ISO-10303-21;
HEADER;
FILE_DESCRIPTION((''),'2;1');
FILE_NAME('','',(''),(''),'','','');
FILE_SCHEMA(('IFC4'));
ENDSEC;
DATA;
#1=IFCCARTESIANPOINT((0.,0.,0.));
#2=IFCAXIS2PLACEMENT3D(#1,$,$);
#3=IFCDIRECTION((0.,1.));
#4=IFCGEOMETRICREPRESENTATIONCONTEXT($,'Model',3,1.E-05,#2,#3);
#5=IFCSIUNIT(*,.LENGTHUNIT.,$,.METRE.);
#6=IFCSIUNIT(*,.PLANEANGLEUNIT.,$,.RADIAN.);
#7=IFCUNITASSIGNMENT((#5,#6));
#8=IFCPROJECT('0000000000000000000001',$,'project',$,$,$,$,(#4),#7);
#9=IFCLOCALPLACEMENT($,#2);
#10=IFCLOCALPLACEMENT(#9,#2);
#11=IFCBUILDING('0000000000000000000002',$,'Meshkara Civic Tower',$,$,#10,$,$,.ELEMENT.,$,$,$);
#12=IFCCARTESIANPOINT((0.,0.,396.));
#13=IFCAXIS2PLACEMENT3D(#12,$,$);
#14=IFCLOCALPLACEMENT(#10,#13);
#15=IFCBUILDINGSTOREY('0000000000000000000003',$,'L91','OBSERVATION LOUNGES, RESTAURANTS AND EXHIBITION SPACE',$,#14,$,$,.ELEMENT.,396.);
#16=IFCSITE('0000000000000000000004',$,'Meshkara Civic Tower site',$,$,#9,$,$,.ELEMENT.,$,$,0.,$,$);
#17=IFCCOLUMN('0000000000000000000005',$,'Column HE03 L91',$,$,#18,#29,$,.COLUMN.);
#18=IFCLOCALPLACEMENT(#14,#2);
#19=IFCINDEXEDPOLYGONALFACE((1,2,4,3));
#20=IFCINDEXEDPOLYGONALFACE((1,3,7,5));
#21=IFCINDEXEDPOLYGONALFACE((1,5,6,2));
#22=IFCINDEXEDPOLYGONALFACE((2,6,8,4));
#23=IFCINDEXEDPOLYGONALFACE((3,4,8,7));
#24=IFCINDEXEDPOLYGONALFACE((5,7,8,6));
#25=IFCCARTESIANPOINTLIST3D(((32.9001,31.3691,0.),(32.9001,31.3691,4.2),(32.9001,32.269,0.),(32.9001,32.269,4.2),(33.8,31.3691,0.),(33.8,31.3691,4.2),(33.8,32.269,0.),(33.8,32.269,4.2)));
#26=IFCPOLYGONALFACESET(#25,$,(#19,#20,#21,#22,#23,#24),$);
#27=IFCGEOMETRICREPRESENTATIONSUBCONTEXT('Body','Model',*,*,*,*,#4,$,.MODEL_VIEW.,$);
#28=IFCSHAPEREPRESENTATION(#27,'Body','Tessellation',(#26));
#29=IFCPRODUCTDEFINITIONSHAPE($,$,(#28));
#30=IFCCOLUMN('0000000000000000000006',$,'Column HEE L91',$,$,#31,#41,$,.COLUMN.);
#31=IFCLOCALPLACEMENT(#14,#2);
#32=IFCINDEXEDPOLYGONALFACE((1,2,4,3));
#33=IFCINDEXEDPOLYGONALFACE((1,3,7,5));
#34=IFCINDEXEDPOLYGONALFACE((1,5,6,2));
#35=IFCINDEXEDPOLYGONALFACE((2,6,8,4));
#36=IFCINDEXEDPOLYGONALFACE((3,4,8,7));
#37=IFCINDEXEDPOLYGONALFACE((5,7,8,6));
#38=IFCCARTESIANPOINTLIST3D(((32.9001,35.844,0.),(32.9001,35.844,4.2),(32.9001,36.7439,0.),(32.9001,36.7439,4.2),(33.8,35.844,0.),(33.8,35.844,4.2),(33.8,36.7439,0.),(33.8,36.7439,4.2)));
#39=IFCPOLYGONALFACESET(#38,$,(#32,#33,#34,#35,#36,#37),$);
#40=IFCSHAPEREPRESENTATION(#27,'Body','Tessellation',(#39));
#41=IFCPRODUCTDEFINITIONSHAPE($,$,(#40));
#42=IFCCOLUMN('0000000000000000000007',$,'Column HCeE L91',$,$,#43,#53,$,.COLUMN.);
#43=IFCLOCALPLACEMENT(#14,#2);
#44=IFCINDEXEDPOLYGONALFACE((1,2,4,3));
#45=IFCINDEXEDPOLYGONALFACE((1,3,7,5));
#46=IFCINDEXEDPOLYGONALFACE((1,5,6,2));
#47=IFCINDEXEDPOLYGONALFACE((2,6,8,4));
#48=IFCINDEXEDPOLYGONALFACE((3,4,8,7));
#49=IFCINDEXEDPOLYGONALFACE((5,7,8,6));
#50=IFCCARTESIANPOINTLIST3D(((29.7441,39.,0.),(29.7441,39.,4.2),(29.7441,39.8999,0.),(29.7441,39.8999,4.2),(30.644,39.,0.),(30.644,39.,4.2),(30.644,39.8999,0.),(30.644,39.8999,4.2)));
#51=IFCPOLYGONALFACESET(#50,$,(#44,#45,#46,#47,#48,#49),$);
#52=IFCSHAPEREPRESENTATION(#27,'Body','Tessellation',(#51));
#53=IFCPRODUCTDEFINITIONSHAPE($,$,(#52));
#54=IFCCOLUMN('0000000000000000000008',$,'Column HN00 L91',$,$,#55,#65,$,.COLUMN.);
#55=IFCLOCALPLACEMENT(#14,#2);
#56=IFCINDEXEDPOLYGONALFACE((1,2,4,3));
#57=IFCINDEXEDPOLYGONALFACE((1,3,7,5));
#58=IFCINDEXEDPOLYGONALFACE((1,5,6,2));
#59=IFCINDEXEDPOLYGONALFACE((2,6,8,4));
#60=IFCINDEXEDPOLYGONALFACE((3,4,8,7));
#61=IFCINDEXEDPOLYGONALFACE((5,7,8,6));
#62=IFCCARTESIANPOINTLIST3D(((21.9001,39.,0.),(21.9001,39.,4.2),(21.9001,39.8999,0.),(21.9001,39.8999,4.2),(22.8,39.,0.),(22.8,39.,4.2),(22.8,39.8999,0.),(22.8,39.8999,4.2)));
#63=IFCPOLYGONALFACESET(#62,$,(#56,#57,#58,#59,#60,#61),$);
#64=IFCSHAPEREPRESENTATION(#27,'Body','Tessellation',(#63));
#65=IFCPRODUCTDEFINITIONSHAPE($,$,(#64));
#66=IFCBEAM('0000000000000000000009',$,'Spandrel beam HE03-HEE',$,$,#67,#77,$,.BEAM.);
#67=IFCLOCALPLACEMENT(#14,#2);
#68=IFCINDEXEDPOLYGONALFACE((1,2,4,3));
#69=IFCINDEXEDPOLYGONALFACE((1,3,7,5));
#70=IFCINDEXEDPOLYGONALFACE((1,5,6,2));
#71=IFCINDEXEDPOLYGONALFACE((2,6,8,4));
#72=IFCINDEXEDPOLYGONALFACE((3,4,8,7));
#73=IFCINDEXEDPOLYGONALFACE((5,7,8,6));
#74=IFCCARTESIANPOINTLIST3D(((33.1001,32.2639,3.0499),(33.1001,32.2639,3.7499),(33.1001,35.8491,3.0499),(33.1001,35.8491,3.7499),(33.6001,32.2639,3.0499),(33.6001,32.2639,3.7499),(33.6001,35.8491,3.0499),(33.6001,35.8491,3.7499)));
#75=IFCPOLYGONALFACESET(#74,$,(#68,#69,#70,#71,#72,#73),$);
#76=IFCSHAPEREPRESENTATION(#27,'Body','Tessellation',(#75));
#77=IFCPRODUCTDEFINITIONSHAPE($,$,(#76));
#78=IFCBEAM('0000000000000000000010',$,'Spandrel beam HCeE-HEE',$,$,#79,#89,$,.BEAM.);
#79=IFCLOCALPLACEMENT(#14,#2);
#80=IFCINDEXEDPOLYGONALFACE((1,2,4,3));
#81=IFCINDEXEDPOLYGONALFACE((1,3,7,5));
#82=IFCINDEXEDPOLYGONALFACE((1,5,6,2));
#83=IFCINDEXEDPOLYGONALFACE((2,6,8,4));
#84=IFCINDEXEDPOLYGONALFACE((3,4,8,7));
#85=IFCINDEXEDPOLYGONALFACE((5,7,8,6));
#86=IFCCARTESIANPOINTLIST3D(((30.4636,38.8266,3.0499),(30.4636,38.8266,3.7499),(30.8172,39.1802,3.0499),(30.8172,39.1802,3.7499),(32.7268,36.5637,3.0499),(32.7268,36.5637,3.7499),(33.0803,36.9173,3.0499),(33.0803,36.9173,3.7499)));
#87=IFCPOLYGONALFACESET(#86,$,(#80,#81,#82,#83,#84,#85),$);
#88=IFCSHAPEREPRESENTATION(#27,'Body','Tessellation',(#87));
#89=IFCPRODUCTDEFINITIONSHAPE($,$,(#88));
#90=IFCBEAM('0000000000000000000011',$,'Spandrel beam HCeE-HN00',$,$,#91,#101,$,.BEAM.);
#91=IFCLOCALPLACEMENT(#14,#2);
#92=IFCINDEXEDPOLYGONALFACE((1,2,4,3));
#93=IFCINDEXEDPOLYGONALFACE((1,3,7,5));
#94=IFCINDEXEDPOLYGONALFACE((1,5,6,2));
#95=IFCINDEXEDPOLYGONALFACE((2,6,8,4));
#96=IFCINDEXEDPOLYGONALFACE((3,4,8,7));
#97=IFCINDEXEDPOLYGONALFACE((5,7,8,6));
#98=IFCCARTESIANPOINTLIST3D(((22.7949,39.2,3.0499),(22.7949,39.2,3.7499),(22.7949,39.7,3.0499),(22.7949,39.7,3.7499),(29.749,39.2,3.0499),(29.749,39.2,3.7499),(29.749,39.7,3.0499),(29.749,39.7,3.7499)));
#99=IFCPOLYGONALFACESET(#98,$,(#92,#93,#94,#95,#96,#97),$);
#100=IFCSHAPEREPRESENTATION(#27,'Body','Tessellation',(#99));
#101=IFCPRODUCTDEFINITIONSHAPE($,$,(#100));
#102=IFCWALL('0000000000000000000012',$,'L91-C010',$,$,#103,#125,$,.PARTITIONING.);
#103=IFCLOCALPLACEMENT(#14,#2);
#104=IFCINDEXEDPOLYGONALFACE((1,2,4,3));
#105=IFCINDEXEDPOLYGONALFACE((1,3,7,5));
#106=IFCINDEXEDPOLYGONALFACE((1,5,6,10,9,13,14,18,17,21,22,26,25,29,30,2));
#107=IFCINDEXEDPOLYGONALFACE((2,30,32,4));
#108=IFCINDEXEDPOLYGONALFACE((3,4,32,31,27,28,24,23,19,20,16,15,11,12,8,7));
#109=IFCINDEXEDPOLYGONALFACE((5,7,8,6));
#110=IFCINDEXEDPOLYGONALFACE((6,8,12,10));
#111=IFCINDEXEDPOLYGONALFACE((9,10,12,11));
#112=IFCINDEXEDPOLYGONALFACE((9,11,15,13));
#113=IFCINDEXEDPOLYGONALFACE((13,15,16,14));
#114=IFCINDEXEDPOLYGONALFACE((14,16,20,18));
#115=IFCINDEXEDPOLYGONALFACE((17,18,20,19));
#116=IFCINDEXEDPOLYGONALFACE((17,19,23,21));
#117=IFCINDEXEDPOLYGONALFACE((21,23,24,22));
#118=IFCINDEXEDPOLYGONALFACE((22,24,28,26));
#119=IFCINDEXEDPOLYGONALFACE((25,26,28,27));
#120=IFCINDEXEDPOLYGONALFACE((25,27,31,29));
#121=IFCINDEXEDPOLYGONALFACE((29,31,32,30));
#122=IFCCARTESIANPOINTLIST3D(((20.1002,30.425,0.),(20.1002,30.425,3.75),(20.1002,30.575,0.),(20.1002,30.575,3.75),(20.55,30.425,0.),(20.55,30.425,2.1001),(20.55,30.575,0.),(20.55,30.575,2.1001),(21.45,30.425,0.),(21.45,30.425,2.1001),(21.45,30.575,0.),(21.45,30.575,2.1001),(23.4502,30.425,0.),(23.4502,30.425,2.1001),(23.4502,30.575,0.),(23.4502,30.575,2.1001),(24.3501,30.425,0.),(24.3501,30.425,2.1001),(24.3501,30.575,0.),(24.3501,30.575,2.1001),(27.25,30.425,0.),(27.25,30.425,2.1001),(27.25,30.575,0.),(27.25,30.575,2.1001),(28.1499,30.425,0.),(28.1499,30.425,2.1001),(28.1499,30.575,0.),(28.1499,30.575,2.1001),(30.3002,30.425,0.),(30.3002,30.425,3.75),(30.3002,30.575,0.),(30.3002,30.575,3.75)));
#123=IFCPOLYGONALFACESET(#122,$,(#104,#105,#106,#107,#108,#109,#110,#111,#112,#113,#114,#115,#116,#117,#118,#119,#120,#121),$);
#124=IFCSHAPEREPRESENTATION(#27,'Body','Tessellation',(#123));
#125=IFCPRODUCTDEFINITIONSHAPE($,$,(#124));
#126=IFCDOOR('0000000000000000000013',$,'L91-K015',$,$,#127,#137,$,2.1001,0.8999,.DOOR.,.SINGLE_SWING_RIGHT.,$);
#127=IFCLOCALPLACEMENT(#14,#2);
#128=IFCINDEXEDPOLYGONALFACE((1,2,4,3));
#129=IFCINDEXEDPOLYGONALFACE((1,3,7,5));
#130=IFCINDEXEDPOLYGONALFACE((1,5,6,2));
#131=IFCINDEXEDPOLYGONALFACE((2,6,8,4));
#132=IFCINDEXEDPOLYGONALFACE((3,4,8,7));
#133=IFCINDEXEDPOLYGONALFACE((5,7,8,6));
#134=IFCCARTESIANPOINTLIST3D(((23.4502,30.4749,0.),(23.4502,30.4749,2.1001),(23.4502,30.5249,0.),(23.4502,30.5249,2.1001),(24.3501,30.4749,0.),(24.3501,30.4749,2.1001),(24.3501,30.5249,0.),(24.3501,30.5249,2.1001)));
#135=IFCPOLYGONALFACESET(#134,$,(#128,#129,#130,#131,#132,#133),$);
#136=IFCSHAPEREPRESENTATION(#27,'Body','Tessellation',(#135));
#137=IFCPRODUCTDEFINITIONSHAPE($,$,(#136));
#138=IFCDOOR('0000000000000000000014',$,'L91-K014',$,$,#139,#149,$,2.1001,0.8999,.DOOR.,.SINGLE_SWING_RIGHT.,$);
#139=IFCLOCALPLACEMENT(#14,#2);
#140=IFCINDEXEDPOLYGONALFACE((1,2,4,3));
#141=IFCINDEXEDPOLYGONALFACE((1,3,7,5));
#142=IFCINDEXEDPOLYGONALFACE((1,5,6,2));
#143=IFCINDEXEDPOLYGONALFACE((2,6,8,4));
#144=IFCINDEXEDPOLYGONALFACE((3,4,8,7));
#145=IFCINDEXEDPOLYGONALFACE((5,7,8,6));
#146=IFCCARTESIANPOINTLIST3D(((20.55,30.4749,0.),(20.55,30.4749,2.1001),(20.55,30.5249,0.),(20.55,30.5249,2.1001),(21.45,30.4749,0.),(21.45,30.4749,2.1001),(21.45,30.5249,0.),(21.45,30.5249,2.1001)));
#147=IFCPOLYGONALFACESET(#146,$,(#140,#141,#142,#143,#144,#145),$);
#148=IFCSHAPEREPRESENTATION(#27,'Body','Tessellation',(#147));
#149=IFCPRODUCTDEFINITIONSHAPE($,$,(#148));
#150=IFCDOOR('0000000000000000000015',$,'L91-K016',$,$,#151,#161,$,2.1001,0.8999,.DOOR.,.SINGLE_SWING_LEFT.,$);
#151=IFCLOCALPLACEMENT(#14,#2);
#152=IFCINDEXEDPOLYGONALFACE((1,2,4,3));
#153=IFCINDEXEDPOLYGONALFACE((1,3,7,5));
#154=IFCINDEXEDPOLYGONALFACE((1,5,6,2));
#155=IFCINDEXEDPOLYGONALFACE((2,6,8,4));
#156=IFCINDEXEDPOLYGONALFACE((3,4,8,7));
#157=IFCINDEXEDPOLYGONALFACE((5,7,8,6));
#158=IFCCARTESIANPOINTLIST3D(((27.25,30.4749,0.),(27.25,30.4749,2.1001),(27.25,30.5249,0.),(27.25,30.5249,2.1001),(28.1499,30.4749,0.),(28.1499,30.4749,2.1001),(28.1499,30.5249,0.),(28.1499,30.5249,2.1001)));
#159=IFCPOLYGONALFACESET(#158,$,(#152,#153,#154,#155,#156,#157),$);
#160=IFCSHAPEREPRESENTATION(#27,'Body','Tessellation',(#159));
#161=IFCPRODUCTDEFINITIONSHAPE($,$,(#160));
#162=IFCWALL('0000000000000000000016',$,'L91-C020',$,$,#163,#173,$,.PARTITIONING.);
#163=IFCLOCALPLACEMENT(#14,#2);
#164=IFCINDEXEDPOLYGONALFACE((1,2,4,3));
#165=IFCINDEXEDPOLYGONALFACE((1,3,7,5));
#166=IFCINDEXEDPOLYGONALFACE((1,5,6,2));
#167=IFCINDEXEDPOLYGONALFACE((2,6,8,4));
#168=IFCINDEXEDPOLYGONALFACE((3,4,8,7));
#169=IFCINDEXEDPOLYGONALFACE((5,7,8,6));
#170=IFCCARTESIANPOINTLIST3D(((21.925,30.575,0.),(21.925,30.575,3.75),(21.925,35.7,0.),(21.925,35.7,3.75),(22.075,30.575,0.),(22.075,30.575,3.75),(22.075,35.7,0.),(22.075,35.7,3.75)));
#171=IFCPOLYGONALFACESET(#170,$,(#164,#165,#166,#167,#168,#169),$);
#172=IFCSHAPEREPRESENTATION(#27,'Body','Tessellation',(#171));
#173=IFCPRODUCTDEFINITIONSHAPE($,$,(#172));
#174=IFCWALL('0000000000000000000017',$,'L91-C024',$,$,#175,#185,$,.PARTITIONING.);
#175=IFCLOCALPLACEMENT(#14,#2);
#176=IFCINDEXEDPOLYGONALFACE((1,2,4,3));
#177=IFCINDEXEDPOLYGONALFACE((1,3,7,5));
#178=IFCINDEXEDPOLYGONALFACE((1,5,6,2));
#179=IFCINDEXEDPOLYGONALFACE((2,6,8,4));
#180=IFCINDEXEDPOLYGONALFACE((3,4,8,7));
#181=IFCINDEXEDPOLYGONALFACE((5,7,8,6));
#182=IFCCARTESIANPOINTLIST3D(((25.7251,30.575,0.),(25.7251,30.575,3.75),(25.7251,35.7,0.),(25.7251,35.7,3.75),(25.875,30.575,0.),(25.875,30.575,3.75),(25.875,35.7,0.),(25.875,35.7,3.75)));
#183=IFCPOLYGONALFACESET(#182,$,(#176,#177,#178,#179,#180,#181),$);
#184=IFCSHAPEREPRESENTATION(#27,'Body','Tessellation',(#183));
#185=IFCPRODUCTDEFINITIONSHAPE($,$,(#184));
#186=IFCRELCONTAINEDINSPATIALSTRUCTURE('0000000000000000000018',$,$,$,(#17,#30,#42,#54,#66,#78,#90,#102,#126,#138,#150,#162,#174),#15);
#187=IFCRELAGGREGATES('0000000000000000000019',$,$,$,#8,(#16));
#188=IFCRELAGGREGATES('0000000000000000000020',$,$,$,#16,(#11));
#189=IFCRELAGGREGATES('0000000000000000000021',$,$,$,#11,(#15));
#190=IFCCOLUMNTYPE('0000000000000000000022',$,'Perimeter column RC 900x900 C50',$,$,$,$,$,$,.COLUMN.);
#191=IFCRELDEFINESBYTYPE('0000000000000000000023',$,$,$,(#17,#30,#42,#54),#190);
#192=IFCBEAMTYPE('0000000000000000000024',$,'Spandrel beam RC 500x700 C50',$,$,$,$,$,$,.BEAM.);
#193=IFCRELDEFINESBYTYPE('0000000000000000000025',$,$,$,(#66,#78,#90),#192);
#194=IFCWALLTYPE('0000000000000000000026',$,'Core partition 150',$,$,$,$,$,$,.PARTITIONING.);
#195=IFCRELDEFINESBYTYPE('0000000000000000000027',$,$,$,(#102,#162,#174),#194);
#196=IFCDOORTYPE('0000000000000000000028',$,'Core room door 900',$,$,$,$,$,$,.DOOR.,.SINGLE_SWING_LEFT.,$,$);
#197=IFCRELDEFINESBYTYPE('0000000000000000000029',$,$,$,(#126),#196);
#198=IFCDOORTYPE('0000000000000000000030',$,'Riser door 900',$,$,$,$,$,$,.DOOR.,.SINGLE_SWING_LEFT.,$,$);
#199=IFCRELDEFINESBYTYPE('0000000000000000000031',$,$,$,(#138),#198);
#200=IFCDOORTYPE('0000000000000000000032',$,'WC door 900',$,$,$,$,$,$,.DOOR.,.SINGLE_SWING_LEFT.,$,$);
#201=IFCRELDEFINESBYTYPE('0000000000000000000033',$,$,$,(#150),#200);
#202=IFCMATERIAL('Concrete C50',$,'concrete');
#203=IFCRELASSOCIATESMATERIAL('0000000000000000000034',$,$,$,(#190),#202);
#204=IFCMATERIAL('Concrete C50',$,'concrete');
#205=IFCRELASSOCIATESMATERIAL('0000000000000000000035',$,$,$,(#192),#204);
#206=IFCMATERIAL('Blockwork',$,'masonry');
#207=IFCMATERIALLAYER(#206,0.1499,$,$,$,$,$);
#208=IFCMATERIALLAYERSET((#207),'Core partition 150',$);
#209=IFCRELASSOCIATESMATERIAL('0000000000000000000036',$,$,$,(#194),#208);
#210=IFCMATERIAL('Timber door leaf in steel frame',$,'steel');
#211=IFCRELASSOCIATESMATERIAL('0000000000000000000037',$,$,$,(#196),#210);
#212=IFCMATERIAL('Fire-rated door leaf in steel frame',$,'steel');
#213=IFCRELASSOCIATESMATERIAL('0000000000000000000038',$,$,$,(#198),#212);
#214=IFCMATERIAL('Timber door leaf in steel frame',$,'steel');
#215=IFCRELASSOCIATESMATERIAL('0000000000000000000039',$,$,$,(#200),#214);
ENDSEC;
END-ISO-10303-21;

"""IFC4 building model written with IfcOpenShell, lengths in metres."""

from ifc_helpers import new_model, si_unit, direction, frame, frame_2d, origin, origin_2d, place, context, subcontext, project, spatial, rectangle, extrude, material, layer, layer_set, material_profile, profile_set, type_object, element, fill, save


model = new_model("IFC4")

# Units and contexts
model_context = context("Model", 3, precision=1e-05, world=origin(), true_north=direction((0.0, 1.0)))
body_context = subcontext(model_context, "Body", "Model", "MODEL_VIEW")
ifc_project = project(units=[si_unit("LENGTHUNIT", "METRE"), si_unit("PLANEANGLEUNIT", "RADIAN")], contexts=[model_context])

# Site, building, storey
site_placement = place(None, origin())
site = spatial("IfcSite", under=ifc_project, at=site_placement, Name="Meshkara Civic Tower site", CompositionType="ELEMENT", RefElevation=0.0)
building_placement = place(site_placement, origin())
building = spatial("IfcBuilding", under=site, at=building_placement, Name="Meshkara Civic Tower", CompositionType="ELEMENT")
storey_placement = place(building_placement, frame((0.0, 0.0, 396.0)))
storey = spatial("IfcBuildingStorey", under=building, at=storey_placement, Name="L91", Description="OBSERVATION LOUNGES, RESTAURANTS AND EXHIBITION SPACE", CompositionType="ELEMENT", Elevation=396.0)

# Columns
ifc_material_1 = material(Name="Concrete C50", Category="concrete")
ifc_material_profile_1 = material_profile(ifc_material_1, rectangle(XDim=0.8999, YDim=0.8999, at=origin_2d()))
ifc_profile_set_1 = profile_set([ifc_material_profile_1], Name="Concrete C50")
column_type = type_object("IfcColumnType", Name="Perimeter column RC 900x900 C50", PredefinedType="COLUMN", material=ifc_profile_set_1)
for number, where, z_axis, x_axis, name in (
    (1, (33.3501, 31.8191, 0.0), (0.0, 0.0, 1.0), (1.0, 0.0, 0.0), "Column HE03 L91"),
    (2, (33.3501, 36.2939, 0.0), (0.0, 0.0, 1.0), (1.0, 0.0, 0.0), "Column HEE L91"),
    (3, (30.1941, 39.45, 0.0), (0.0, 0.0, 1.0), (1.0, 0.0, 0.0), "Column HCeE L91"),
    (4, (22.3501, 39.45, 0.0), (0.0, 0.0, 1.0), (1.0, 0.0, 0.0), "Column HN00 L91"),
):
    element("IfcColumn", number, at=place(storey_placement, frame(where, z_axis=z_axis, x_axis=x_axis)), inside=storey, type_object=column_type, Name=name, PredefinedType="COLUMN", context=body_context, shape_type="SweptSolid", body=[
        extrude(rectangle(XDim=0.8999, YDim=0.8999, at=origin_2d()), origin(), (0.0, 0.0, 1.0), 4.2),
    ])

# Beams
ifc_material_2 = material(Name="Concrete C50", Category="concrete")
ifc_material_profile_2 = material_profile(ifc_material_2, rectangle(XDim=0.5, YDim=0.7, at=origin_2d()))
ifc_profile_set_2 = profile_set([ifc_material_profile_2], Name="Concrete C50")
beam_type = type_object("IfcBeamType", Name="Spandrel beam RC 500x700 C50", PredefinedType="BEAM", material=ifc_profile_set_2)
beam_1_placement = place(storey_placement, frame((33.3501, 32.2639, 3.3999), z_axis=(0.0, 1.0, 0.0), x_axis=(-1.0, 0.0, 0.0)))
element("IfcBeam", 5, at=beam_1_placement, inside=storey, type_object=beam_type, Name="Spandrel beam HE03-HEE", PredefinedType="BEAM", context=body_context, shape_type="SweptSolid", body=[
    extrude(rectangle(XDim=0.5, YDim=0.7, at=origin_2d()), origin(), (0.0, 0.0, 1.0), 3.5852),
])
beam_2_placement = place(storey_placement, frame((32.9036, 36.7405, 3.3999), z_axis=(-0.707145, 0.707069, 0.0), x_axis=(-0.707069, -0.707145, 0.0)))
element("IfcBeam", 6, at=beam_2_placement, inside=storey, type_object=beam_type, Name="Spandrel beam HCeE-HEE", PredefinedType="BEAM", context=body_context, shape_type="SweptSolid", body=[
    extrude(rectangle(XDim=0.5, YDim=0.7, at=origin_2d()), origin(), (0.0, 0.0, 1.0), 3.2004),
])
beam_3_placement = place(storey_placement, frame((29.749, 39.45, 3.3999), z_axis=(-1.0, 0.0, 0.0), x_axis=(0.0, -1.0, 0.0)))
element("IfcBeam", 7, at=beam_3_placement, inside=storey, type_object=beam_type, Name="Spandrel beam HCeE-HN00", PredefinedType="BEAM", context=body_context, shape_type="SweptSolid", body=[
    extrude(rectangle(XDim=0.5, YDim=0.7, at=origin_2d()), origin(), (0.0, 0.0, 1.0), 6.9541),
])

# Wall, openings, doors
ifc_material_3 = material(Name="Blockwork", Category="masonry")
ifc_layer_1 = layer(ifc_material_3, 0.1499)
ifc_layer_set_1 = layer_set([ifc_layer_1], Name="Core partition 150")
wall_type_1 = type_object("IfcWallType", Name="Core partition 150", PredefinedType="PARTITIONING", material=ifc_layer_set_1)
wall_1_placement = place(storey_placement, frame((20.1001, 30.5, 0.0), z_axis=(0.0, 0.0, 1.0), x_axis=(1.0, 0.0, 0.0)))
wall_1 = element("IfcWall", 8, at=wall_1_placement, inside=storey, type_object=wall_type_1, Name="L91-C010", PredefinedType="PARTITIONING", context=body_context, shape_type="SweptSolid", body=[
    extrude(rectangle(XDim=10.2, YDim=0.1499, at=frame_2d((5.1001, 0.0))), origin(), (0.0, 0.0, 1.0), 3.75),
])
opening_1_placement = place(wall_1_placement, frame((0.45, 0.0, 0.0)))
opening_1 = element("IfcOpeningElement", 9, at=opening_1_placement, cuts=wall_1, PredefinedType="OPENING", context=body_context, shape_type="SweptSolid", body=[
    extrude(rectangle(XDim=0.8999, YDim=2.1001, at=frame_2d((0.45, 1.05))), frame((0.0, 0.085, 0.0), z_axis=(0.0, -1.0, 0.0), x_axis=(1.0, 0.0, 0.0)), (0.0, 0.0, 1.0), 0.1699),
])
opening_2_placement = place(wall_1_placement, frame((3.3501, 0.0, 0.0)))
opening_2 = element("IfcOpeningElement", 10, at=opening_2_placement, cuts=wall_1, PredefinedType="OPENING", context=body_context, shape_type="SweptSolid", body=[
    extrude(rectangle(XDim=0.8999, YDim=2.1001, at=frame_2d((0.45, 1.05))), frame((0.0, 0.085, 0.0), z_axis=(0.0, -1.0, 0.0), x_axis=(1.0, 0.0, 0.0)), (0.0, 0.0, 1.0), 0.1699),
])
opening_3_placement = place(wall_1_placement, frame((7.1499, 0.0, 0.0)))
opening_3 = element("IfcOpeningElement", 11, at=opening_3_placement, cuts=wall_1, PredefinedType="OPENING", context=body_context, shape_type="SweptSolid", body=[
    extrude(rectangle(XDim=0.8999, YDim=2.1001, at=frame_2d((0.45, 1.05))), frame((0.0, 0.085, 0.0), z_axis=(0.0, -1.0, 0.0), x_axis=(1.0, 0.0, 0.0)), (0.0, 0.0, 1.0), 0.1699),
])
ifc_material_4 = material(Name="Timber door leaf in steel frame", Category="steel")
door_type_1 = type_object("IfcDoorType", Name="Core room door 900", OperationType="SINGLE_SWING_LEFT", PredefinedType="DOOR", material=ifc_material_4)
door_1_placement = place(opening_2_placement, origin())
door_1 = element("IfcDoor", 12, at=door_1_placement, inside=storey, type_object=door_type_1, Name="L91-K015", OperationType="SINGLE_SWING_RIGHT", OverallHeight=2.1001, OverallWidth=0.8999, PredefinedType="DOOR", context=body_context, shape_type="SweptSolid", body=[
    extrude(rectangle(XDim=0.8999, YDim=2.1001, at=frame_2d((0.45, 1.05))), frame((0.0, 0.0249, 0.0), z_axis=(0.0, -1.0, 0.0), x_axis=(1.0, 0.0, 0.0)), (0.0, 0.0, 1.0), 0.05),
])
fill(opening_2, door_1)
ifc_material_5 = material(Name="Fire-rated door leaf in steel frame", Category="steel")
door_type_2 = type_object("IfcDoorType", Name="Riser door 900", OperationType="SINGLE_SWING_LEFT", PredefinedType="DOOR", material=ifc_material_5)
door_2_placement = place(opening_1_placement, origin())
door_2 = element("IfcDoor", 13, at=door_2_placement, inside=storey, type_object=door_type_2, Name="L91-K014", OperationType="SINGLE_SWING_RIGHT", OverallHeight=2.1001, OverallWidth=0.8999, PredefinedType="DOOR", context=body_context, shape_type="SweptSolid", body=[
    extrude(rectangle(XDim=0.8999, YDim=2.1001, at=frame_2d((0.45, 1.05))), frame((0.0, 0.0249, 0.0), z_axis=(0.0, -1.0, 0.0), x_axis=(1.0, 0.0, 0.0)), (0.0, 0.0, 1.0), 0.05),
])
fill(opening_1, door_2)
ifc_material_6 = material(Name="Timber door leaf in steel frame", Category="steel")
door_type_3 = type_object("IfcDoorType", Name="WC door 900", OperationType="SINGLE_SWING_LEFT", PredefinedType="DOOR", material=ifc_material_6)
door_3_placement = place(opening_3_placement, origin())
door_3 = element("IfcDoor", 14, at=door_3_placement, inside=storey, type_object=door_type_3, Name="L91-K016", OperationType="SINGLE_SWING_LEFT", OverallHeight=2.1001, OverallWidth=0.8999, PredefinedType="DOOR", context=body_context, shape_type="SweptSolid", body=[
    extrude(rectangle(XDim=0.8999, YDim=2.1001, at=frame_2d((0.45, 1.05))), frame((0.0, 0.0249, 0.0), z_axis=(0.0, -1.0, 0.0), x_axis=(1.0, 0.0, 0.0)), (0.0, 0.0, 1.0), 0.05),
])
fill(opening_3, door_3)

# Walls
for number, where, z_axis, x_axis, name in (
    (15, (22.0, 30.575, 0.0), (0.0, 0.0, 1.0), (0.0, 1.0, 0.0), "L91-C020"),
    (16, (25.8, 30.575, 0.0), (0.0, 0.0, 1.0), (0.0, 1.0, 0.0), "L91-C024"),
):
    element("IfcWall", number, at=place(storey_placement, frame(where, z_axis=z_axis, x_axis=x_axis)), inside=storey, type_object=wall_type_1, Name=name, PredefinedType="PARTITIONING", context=body_context, shape_type="SweptSolid", body=[
        extrude(rectangle(XDim=5.125, YDim=0.1499, at=frame_2d((2.5625, 0.0))), origin(), (0.0, 0.0, 1.0), 3.75),
    ])

save(model, "model.ifc")
